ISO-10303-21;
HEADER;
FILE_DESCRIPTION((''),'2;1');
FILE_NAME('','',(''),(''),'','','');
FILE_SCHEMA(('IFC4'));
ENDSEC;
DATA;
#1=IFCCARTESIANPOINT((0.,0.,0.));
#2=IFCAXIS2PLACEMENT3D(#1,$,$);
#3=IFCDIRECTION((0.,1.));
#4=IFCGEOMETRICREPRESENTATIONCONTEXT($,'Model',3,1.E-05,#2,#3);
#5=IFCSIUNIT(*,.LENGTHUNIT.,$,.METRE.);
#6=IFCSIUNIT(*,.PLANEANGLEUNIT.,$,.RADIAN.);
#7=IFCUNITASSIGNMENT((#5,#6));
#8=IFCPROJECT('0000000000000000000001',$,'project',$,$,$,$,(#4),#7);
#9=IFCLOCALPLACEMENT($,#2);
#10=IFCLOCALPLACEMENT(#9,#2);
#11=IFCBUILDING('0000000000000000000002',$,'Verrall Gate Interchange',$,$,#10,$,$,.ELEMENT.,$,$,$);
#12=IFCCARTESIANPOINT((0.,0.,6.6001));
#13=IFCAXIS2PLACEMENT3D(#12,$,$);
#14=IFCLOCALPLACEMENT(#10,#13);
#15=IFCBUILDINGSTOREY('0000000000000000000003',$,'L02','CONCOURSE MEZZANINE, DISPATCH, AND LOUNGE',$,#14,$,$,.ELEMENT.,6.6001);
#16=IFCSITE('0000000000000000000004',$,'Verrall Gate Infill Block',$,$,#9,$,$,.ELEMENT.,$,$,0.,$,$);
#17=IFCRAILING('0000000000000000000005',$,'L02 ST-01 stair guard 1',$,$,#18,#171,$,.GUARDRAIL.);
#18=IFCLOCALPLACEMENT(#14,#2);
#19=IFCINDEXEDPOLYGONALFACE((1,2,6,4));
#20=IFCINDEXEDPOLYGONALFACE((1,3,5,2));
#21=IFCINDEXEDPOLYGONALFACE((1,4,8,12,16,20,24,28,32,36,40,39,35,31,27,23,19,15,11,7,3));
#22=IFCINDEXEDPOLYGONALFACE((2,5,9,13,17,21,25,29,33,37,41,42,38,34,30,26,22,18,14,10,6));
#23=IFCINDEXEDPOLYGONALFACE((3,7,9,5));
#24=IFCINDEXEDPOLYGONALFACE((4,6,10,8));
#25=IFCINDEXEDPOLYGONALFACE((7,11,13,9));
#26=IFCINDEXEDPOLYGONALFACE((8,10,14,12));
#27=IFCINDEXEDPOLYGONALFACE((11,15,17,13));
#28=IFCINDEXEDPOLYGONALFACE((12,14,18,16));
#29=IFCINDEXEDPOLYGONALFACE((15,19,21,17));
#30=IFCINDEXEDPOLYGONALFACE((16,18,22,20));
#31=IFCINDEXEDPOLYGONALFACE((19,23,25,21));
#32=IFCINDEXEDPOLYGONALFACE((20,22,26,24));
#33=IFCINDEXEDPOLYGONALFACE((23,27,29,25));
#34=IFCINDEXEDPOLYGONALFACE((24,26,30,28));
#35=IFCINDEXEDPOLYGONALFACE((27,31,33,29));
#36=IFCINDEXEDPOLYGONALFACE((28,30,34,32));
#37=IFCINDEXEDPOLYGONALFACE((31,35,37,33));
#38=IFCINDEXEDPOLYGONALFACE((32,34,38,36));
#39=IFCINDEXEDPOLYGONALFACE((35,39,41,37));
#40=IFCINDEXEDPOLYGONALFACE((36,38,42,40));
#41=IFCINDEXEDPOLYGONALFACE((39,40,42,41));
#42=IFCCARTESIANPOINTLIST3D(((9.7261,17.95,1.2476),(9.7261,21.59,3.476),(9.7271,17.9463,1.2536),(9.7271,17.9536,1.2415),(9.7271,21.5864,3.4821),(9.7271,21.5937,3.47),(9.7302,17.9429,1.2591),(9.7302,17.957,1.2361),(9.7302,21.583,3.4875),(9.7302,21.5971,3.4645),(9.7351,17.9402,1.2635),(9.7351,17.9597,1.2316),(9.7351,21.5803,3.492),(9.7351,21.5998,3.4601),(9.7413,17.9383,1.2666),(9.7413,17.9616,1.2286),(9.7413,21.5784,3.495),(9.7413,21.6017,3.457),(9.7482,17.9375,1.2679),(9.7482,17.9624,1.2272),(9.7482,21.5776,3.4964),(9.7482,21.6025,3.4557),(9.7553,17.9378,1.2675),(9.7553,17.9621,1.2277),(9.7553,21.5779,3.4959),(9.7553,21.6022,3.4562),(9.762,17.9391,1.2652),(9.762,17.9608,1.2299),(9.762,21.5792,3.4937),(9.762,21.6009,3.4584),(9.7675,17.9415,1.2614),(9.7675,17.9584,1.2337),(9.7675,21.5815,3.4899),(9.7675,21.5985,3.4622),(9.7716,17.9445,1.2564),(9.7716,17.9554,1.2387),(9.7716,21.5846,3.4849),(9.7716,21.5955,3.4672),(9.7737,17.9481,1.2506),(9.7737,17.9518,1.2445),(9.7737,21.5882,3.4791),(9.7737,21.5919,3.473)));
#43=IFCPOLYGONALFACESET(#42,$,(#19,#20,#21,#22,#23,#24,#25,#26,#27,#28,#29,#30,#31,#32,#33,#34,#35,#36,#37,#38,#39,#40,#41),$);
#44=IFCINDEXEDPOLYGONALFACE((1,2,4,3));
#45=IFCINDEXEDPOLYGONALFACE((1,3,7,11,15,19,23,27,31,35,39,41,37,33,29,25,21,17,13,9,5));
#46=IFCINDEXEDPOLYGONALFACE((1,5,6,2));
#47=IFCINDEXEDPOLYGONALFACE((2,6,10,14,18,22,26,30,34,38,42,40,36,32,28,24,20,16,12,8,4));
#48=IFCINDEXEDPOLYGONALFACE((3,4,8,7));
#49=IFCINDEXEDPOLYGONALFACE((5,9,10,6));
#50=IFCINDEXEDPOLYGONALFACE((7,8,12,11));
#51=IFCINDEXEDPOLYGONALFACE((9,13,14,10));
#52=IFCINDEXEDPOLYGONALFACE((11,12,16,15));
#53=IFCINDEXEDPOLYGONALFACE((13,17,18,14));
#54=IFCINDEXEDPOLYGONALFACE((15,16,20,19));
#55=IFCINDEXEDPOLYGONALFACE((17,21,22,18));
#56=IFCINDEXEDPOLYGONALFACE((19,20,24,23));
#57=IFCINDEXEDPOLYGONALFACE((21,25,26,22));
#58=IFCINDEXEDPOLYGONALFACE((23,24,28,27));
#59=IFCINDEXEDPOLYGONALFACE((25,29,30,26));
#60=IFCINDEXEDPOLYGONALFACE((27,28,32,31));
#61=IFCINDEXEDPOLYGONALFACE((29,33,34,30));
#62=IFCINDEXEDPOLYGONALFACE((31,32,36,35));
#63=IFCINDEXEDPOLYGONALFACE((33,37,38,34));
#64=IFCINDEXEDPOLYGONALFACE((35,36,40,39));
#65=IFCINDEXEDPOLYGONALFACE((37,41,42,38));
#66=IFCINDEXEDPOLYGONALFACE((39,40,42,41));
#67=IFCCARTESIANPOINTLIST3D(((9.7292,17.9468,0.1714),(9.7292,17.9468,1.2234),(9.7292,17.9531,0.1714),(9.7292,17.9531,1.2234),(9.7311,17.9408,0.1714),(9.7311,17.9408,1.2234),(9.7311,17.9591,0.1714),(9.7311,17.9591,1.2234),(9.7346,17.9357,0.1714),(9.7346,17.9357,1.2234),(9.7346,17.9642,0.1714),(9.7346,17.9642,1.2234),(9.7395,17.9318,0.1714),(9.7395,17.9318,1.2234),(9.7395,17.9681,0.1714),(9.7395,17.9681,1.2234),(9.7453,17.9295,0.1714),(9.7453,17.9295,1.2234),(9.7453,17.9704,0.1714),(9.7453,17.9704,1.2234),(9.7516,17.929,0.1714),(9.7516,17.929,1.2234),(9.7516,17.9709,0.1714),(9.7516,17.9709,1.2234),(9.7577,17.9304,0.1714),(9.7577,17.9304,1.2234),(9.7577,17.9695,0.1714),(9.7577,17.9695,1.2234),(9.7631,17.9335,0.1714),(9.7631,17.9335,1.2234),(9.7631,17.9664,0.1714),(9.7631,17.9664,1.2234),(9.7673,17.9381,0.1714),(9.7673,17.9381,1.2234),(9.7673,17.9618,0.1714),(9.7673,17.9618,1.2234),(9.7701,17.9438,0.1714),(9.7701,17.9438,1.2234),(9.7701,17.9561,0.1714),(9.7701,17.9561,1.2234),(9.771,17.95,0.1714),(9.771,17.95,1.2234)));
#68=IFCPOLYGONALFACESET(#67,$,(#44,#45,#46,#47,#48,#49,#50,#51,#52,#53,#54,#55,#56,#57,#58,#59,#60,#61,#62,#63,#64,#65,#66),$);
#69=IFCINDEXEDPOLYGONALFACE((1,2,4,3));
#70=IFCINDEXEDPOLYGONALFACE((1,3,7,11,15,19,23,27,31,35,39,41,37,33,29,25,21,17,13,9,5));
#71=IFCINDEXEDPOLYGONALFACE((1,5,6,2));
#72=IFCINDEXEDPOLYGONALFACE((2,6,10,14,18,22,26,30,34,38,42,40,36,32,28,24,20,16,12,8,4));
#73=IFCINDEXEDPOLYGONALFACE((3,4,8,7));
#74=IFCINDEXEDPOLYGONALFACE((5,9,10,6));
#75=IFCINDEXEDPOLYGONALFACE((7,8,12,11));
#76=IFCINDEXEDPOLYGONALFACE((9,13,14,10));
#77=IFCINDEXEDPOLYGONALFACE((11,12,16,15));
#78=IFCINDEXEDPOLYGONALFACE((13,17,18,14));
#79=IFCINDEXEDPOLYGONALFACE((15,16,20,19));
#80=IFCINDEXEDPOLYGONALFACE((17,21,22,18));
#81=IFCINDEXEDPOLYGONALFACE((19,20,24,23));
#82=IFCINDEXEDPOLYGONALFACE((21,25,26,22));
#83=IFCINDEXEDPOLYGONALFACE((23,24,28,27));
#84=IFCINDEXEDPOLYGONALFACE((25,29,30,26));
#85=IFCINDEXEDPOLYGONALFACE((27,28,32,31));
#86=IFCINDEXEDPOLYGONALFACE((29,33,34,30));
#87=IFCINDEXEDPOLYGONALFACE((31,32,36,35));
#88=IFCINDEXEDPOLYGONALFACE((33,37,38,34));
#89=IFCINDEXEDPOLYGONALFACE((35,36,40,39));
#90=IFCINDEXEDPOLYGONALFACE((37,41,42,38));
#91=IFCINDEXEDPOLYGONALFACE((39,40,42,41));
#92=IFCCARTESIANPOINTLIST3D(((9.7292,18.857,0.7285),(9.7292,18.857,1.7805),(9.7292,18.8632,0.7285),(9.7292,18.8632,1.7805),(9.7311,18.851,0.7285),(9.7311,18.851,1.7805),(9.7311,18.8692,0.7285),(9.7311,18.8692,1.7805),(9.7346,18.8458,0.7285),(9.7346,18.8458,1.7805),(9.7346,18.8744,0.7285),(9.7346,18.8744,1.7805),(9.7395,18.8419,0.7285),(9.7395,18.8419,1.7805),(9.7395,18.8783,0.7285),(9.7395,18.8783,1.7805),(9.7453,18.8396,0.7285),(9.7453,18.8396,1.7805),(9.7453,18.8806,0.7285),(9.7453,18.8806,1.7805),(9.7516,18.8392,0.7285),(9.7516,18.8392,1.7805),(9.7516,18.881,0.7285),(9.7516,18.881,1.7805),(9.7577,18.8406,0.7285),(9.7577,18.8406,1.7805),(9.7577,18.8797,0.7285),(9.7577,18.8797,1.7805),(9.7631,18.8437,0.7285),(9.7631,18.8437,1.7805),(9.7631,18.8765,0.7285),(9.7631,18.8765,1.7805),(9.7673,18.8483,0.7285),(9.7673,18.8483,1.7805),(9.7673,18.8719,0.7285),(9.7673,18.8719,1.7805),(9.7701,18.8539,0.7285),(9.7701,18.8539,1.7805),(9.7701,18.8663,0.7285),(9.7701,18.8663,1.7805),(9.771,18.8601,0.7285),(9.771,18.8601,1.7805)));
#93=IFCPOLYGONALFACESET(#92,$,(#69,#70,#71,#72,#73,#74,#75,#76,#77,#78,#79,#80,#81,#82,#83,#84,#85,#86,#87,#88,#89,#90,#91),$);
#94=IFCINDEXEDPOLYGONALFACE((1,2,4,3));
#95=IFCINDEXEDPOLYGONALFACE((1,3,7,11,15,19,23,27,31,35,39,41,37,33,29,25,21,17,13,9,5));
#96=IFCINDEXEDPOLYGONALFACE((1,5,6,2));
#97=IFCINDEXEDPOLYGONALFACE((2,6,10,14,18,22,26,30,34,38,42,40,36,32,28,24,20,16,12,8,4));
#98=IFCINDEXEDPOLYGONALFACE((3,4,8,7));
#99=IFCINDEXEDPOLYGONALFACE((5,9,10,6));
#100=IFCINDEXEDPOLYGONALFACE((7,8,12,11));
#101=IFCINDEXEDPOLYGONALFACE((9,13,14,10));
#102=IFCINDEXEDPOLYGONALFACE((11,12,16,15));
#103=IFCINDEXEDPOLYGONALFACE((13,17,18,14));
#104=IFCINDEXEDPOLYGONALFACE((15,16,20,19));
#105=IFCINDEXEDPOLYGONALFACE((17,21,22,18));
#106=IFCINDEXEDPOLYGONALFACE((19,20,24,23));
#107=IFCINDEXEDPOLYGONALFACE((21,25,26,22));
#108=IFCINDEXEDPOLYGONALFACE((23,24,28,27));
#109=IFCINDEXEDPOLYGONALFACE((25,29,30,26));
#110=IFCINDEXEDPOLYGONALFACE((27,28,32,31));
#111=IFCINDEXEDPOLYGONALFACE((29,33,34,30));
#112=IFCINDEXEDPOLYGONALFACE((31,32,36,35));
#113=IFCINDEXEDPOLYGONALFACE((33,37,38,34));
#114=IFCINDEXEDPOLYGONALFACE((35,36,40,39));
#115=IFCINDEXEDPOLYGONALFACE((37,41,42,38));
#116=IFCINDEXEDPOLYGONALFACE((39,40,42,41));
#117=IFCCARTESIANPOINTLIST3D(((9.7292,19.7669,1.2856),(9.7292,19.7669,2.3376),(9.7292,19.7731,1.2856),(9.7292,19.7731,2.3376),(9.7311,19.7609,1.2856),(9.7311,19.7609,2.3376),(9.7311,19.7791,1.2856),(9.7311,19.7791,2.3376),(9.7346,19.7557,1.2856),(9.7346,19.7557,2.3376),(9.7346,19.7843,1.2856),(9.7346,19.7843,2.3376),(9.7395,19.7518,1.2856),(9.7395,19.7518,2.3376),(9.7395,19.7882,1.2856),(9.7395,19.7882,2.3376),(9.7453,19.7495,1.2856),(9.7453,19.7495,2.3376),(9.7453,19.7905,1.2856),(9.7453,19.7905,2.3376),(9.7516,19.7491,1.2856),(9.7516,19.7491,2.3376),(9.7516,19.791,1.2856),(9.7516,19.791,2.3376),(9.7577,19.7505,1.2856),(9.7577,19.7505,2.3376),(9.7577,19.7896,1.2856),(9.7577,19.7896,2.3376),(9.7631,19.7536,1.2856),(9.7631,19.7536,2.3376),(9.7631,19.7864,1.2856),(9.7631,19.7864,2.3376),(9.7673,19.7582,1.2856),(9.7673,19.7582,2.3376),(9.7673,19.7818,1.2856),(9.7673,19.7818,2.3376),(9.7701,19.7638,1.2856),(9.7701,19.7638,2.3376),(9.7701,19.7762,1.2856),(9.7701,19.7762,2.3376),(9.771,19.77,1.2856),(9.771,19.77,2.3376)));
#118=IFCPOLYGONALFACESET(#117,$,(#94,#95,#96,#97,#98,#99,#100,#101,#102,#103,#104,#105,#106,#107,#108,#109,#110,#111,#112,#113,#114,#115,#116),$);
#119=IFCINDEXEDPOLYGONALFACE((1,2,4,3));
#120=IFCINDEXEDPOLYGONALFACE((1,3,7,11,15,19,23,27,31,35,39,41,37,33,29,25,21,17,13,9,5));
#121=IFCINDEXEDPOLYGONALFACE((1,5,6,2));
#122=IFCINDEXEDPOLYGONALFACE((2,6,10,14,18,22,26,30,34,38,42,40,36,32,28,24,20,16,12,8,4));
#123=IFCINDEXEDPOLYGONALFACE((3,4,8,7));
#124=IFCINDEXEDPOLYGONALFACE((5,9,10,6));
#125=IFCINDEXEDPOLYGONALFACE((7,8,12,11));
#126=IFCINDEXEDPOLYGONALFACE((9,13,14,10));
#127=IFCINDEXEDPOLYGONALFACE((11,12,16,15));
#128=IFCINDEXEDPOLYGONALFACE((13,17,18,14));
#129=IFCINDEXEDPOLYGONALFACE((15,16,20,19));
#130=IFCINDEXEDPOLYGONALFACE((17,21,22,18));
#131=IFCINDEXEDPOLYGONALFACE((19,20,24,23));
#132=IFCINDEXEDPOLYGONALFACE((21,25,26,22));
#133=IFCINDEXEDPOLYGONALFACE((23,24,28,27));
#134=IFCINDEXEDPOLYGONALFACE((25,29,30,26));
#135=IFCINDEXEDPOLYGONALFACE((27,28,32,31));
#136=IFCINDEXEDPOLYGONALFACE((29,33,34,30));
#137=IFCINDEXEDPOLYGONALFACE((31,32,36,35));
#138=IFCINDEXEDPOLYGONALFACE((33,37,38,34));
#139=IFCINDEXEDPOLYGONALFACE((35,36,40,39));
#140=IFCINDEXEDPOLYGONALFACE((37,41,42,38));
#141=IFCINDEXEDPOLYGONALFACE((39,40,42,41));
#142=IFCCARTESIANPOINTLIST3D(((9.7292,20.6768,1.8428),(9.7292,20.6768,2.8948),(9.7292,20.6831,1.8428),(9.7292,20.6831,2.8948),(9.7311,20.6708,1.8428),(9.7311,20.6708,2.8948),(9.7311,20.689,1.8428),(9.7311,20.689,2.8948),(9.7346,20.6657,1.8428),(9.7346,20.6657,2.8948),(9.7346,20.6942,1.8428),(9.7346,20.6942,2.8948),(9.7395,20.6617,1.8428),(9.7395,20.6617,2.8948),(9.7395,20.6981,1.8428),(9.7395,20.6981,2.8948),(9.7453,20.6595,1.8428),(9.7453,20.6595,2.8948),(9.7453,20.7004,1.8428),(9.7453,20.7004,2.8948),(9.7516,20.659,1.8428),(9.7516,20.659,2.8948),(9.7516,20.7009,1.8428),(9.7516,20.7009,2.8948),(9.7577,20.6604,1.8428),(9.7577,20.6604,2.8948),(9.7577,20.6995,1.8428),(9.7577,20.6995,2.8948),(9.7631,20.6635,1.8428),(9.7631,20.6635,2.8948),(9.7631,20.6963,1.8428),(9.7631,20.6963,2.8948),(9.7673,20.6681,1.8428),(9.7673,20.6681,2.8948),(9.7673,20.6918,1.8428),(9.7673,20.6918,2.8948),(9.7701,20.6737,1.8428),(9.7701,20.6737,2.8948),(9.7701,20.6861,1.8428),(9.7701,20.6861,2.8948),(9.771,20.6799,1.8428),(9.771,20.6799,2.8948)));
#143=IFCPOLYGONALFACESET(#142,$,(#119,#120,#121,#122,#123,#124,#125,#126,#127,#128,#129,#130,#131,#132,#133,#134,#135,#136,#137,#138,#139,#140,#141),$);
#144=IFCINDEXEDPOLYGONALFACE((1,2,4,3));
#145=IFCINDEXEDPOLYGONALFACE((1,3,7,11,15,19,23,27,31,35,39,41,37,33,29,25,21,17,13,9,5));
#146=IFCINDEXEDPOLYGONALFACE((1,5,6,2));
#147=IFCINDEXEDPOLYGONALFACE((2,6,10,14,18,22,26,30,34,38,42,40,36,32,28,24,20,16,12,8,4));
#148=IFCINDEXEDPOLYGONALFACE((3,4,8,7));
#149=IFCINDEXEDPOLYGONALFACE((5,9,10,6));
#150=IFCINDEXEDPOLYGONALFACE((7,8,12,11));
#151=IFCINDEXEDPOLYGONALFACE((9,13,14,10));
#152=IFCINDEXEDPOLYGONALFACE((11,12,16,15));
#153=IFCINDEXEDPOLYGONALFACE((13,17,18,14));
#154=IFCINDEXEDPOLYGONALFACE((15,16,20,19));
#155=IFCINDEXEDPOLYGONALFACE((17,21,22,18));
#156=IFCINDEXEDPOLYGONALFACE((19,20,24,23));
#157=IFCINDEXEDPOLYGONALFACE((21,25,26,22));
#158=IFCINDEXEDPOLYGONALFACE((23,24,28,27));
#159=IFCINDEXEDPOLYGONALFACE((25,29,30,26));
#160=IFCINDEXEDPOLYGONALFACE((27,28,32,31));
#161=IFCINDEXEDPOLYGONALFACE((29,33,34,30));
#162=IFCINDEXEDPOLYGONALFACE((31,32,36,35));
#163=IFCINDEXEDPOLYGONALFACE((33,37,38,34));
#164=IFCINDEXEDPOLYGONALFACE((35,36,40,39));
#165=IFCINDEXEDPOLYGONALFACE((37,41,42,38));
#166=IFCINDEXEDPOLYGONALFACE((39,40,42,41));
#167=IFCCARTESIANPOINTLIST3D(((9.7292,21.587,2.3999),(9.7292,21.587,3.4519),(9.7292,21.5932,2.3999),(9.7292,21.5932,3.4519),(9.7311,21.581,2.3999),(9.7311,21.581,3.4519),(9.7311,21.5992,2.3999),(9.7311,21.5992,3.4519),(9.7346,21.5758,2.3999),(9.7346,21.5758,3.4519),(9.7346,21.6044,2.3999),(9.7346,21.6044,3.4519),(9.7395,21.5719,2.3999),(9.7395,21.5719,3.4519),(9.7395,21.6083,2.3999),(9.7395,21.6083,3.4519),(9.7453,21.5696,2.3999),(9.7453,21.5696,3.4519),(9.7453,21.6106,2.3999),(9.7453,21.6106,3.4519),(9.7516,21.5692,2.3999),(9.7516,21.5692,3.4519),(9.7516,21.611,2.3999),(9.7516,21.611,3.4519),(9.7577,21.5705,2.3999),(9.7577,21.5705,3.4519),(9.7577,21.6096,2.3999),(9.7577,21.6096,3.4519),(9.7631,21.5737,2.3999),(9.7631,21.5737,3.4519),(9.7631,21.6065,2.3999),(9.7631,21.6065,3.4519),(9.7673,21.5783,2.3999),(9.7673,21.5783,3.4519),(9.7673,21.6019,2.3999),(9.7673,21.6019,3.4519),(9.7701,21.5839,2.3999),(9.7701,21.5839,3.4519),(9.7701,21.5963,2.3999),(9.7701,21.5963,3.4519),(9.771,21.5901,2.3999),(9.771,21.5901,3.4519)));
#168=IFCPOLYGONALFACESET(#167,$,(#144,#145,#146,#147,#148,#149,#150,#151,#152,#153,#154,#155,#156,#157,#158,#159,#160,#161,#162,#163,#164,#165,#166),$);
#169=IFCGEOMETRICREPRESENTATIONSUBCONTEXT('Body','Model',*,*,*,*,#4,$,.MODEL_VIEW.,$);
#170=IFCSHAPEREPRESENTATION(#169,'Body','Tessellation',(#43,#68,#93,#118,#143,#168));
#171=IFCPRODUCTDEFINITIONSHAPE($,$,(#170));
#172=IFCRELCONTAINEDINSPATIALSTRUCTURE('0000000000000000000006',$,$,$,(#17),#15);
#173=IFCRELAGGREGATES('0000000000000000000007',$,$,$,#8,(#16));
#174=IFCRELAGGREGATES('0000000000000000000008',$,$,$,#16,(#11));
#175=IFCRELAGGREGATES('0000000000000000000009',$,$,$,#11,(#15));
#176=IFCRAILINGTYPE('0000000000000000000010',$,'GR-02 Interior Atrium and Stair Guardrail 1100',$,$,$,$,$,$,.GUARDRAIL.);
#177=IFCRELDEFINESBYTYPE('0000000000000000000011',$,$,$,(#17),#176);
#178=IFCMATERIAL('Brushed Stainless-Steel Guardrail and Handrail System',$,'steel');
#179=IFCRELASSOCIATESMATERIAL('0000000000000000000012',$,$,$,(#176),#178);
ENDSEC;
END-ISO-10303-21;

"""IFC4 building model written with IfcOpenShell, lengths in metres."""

from ifc_helpers import new_model, si_unit, direction, frame, origin, origin_2d, place, context, subcontext, project, spatial, circle, extrude, material, type_object, element, save


model = new_model("IFC4")

# Units and contexts
model_context = context("Model", 3, precision=1e-05, world=origin(), true_north=direction((0.0, 1.0)))
body_context = subcontext(model_context, "Body", "Model", "MODEL_VIEW")
ifc_project = project(units=[si_unit("LENGTHUNIT", "METRE"), si_unit("PLANEANGLEUNIT", "RADIAN")], contexts=[model_context])

# Site, building, storey
site_placement = place(None, origin())
site = spatial("IfcSite", under=ifc_project, at=site_placement, Name="Verrall Gate Infill Block", CompositionType="ELEMENT", RefElevation=0.0)
building_placement = place(site_placement, origin())
building = spatial("IfcBuilding", under=site, at=building_placement, Name="Verrall Gate Interchange", CompositionType="ELEMENT")
storey_placement = place(building_placement, frame((0.0, 0.0, 6.6001)))
storey = spatial("IfcBuildingStorey", under=building, at=storey_placement, Name="L02", Description="CONCOURSE MEZZANINE, DISPATCH, AND LOUNGE", CompositionType="ELEMENT", Elevation=6.6001)

# Railing
ifc_material_1 = material(Name="Brushed Stainless-Steel Guardrail and Handrail System", Category="steel")
railing_type_1 = type_object("IfcRailingType", Name="GR-02 Interior Atrium and Stair Guardrail 1100", PredefinedType="GUARDRAIL", material=ifc_material_1)
railing_1_placement = place(storey_placement, frame((9.75, 17.95, 0.1714)))
element("IfcRailing", 1, at=railing_1_placement, inside=storey, type_object=railing_type_1, Name="L02 ST-01 stair guard 1", PredefinedType="GUARDRAIL", context=body_context, shape_type="SweptSolid", body=[
    extrude(circle(Radius=0.0239, at=origin_2d()), frame((0.0, 0.0, 1.0762), z_axis=(0.0, 0.852866, 0.52213), x_axis=(-1.0, 0.0, 0.0)), (0.0, 0.0, 1.0), 4.2681),
    extrude(circle(Radius=0.021, at=origin_2d()), origin(), (0.0, 0.0, 1.0), 1.052),
    extrude(circle(Radius=0.021, at=origin_2d()), frame((0.0, 0.9102, 0.5571)), (0.0, 0.0, 1.0), 1.052),
    extrude(circle(Radius=0.021, at=origin_2d()), frame((0.0, 1.8201, 1.1143)), (0.0, 0.0, 1.0), 1.052),
    extrude(circle(Radius=0.021, at=origin_2d()), frame((0.0, 2.73, 1.6714)), (0.0, 0.0, 1.0), 1.052),
    extrude(circle(Radius=0.021, at=origin_2d()), frame((0.0, 3.6401, 2.2285)), (0.0, 0.0, 1.0), 1.052),
])

save(model, "model.ifc")
